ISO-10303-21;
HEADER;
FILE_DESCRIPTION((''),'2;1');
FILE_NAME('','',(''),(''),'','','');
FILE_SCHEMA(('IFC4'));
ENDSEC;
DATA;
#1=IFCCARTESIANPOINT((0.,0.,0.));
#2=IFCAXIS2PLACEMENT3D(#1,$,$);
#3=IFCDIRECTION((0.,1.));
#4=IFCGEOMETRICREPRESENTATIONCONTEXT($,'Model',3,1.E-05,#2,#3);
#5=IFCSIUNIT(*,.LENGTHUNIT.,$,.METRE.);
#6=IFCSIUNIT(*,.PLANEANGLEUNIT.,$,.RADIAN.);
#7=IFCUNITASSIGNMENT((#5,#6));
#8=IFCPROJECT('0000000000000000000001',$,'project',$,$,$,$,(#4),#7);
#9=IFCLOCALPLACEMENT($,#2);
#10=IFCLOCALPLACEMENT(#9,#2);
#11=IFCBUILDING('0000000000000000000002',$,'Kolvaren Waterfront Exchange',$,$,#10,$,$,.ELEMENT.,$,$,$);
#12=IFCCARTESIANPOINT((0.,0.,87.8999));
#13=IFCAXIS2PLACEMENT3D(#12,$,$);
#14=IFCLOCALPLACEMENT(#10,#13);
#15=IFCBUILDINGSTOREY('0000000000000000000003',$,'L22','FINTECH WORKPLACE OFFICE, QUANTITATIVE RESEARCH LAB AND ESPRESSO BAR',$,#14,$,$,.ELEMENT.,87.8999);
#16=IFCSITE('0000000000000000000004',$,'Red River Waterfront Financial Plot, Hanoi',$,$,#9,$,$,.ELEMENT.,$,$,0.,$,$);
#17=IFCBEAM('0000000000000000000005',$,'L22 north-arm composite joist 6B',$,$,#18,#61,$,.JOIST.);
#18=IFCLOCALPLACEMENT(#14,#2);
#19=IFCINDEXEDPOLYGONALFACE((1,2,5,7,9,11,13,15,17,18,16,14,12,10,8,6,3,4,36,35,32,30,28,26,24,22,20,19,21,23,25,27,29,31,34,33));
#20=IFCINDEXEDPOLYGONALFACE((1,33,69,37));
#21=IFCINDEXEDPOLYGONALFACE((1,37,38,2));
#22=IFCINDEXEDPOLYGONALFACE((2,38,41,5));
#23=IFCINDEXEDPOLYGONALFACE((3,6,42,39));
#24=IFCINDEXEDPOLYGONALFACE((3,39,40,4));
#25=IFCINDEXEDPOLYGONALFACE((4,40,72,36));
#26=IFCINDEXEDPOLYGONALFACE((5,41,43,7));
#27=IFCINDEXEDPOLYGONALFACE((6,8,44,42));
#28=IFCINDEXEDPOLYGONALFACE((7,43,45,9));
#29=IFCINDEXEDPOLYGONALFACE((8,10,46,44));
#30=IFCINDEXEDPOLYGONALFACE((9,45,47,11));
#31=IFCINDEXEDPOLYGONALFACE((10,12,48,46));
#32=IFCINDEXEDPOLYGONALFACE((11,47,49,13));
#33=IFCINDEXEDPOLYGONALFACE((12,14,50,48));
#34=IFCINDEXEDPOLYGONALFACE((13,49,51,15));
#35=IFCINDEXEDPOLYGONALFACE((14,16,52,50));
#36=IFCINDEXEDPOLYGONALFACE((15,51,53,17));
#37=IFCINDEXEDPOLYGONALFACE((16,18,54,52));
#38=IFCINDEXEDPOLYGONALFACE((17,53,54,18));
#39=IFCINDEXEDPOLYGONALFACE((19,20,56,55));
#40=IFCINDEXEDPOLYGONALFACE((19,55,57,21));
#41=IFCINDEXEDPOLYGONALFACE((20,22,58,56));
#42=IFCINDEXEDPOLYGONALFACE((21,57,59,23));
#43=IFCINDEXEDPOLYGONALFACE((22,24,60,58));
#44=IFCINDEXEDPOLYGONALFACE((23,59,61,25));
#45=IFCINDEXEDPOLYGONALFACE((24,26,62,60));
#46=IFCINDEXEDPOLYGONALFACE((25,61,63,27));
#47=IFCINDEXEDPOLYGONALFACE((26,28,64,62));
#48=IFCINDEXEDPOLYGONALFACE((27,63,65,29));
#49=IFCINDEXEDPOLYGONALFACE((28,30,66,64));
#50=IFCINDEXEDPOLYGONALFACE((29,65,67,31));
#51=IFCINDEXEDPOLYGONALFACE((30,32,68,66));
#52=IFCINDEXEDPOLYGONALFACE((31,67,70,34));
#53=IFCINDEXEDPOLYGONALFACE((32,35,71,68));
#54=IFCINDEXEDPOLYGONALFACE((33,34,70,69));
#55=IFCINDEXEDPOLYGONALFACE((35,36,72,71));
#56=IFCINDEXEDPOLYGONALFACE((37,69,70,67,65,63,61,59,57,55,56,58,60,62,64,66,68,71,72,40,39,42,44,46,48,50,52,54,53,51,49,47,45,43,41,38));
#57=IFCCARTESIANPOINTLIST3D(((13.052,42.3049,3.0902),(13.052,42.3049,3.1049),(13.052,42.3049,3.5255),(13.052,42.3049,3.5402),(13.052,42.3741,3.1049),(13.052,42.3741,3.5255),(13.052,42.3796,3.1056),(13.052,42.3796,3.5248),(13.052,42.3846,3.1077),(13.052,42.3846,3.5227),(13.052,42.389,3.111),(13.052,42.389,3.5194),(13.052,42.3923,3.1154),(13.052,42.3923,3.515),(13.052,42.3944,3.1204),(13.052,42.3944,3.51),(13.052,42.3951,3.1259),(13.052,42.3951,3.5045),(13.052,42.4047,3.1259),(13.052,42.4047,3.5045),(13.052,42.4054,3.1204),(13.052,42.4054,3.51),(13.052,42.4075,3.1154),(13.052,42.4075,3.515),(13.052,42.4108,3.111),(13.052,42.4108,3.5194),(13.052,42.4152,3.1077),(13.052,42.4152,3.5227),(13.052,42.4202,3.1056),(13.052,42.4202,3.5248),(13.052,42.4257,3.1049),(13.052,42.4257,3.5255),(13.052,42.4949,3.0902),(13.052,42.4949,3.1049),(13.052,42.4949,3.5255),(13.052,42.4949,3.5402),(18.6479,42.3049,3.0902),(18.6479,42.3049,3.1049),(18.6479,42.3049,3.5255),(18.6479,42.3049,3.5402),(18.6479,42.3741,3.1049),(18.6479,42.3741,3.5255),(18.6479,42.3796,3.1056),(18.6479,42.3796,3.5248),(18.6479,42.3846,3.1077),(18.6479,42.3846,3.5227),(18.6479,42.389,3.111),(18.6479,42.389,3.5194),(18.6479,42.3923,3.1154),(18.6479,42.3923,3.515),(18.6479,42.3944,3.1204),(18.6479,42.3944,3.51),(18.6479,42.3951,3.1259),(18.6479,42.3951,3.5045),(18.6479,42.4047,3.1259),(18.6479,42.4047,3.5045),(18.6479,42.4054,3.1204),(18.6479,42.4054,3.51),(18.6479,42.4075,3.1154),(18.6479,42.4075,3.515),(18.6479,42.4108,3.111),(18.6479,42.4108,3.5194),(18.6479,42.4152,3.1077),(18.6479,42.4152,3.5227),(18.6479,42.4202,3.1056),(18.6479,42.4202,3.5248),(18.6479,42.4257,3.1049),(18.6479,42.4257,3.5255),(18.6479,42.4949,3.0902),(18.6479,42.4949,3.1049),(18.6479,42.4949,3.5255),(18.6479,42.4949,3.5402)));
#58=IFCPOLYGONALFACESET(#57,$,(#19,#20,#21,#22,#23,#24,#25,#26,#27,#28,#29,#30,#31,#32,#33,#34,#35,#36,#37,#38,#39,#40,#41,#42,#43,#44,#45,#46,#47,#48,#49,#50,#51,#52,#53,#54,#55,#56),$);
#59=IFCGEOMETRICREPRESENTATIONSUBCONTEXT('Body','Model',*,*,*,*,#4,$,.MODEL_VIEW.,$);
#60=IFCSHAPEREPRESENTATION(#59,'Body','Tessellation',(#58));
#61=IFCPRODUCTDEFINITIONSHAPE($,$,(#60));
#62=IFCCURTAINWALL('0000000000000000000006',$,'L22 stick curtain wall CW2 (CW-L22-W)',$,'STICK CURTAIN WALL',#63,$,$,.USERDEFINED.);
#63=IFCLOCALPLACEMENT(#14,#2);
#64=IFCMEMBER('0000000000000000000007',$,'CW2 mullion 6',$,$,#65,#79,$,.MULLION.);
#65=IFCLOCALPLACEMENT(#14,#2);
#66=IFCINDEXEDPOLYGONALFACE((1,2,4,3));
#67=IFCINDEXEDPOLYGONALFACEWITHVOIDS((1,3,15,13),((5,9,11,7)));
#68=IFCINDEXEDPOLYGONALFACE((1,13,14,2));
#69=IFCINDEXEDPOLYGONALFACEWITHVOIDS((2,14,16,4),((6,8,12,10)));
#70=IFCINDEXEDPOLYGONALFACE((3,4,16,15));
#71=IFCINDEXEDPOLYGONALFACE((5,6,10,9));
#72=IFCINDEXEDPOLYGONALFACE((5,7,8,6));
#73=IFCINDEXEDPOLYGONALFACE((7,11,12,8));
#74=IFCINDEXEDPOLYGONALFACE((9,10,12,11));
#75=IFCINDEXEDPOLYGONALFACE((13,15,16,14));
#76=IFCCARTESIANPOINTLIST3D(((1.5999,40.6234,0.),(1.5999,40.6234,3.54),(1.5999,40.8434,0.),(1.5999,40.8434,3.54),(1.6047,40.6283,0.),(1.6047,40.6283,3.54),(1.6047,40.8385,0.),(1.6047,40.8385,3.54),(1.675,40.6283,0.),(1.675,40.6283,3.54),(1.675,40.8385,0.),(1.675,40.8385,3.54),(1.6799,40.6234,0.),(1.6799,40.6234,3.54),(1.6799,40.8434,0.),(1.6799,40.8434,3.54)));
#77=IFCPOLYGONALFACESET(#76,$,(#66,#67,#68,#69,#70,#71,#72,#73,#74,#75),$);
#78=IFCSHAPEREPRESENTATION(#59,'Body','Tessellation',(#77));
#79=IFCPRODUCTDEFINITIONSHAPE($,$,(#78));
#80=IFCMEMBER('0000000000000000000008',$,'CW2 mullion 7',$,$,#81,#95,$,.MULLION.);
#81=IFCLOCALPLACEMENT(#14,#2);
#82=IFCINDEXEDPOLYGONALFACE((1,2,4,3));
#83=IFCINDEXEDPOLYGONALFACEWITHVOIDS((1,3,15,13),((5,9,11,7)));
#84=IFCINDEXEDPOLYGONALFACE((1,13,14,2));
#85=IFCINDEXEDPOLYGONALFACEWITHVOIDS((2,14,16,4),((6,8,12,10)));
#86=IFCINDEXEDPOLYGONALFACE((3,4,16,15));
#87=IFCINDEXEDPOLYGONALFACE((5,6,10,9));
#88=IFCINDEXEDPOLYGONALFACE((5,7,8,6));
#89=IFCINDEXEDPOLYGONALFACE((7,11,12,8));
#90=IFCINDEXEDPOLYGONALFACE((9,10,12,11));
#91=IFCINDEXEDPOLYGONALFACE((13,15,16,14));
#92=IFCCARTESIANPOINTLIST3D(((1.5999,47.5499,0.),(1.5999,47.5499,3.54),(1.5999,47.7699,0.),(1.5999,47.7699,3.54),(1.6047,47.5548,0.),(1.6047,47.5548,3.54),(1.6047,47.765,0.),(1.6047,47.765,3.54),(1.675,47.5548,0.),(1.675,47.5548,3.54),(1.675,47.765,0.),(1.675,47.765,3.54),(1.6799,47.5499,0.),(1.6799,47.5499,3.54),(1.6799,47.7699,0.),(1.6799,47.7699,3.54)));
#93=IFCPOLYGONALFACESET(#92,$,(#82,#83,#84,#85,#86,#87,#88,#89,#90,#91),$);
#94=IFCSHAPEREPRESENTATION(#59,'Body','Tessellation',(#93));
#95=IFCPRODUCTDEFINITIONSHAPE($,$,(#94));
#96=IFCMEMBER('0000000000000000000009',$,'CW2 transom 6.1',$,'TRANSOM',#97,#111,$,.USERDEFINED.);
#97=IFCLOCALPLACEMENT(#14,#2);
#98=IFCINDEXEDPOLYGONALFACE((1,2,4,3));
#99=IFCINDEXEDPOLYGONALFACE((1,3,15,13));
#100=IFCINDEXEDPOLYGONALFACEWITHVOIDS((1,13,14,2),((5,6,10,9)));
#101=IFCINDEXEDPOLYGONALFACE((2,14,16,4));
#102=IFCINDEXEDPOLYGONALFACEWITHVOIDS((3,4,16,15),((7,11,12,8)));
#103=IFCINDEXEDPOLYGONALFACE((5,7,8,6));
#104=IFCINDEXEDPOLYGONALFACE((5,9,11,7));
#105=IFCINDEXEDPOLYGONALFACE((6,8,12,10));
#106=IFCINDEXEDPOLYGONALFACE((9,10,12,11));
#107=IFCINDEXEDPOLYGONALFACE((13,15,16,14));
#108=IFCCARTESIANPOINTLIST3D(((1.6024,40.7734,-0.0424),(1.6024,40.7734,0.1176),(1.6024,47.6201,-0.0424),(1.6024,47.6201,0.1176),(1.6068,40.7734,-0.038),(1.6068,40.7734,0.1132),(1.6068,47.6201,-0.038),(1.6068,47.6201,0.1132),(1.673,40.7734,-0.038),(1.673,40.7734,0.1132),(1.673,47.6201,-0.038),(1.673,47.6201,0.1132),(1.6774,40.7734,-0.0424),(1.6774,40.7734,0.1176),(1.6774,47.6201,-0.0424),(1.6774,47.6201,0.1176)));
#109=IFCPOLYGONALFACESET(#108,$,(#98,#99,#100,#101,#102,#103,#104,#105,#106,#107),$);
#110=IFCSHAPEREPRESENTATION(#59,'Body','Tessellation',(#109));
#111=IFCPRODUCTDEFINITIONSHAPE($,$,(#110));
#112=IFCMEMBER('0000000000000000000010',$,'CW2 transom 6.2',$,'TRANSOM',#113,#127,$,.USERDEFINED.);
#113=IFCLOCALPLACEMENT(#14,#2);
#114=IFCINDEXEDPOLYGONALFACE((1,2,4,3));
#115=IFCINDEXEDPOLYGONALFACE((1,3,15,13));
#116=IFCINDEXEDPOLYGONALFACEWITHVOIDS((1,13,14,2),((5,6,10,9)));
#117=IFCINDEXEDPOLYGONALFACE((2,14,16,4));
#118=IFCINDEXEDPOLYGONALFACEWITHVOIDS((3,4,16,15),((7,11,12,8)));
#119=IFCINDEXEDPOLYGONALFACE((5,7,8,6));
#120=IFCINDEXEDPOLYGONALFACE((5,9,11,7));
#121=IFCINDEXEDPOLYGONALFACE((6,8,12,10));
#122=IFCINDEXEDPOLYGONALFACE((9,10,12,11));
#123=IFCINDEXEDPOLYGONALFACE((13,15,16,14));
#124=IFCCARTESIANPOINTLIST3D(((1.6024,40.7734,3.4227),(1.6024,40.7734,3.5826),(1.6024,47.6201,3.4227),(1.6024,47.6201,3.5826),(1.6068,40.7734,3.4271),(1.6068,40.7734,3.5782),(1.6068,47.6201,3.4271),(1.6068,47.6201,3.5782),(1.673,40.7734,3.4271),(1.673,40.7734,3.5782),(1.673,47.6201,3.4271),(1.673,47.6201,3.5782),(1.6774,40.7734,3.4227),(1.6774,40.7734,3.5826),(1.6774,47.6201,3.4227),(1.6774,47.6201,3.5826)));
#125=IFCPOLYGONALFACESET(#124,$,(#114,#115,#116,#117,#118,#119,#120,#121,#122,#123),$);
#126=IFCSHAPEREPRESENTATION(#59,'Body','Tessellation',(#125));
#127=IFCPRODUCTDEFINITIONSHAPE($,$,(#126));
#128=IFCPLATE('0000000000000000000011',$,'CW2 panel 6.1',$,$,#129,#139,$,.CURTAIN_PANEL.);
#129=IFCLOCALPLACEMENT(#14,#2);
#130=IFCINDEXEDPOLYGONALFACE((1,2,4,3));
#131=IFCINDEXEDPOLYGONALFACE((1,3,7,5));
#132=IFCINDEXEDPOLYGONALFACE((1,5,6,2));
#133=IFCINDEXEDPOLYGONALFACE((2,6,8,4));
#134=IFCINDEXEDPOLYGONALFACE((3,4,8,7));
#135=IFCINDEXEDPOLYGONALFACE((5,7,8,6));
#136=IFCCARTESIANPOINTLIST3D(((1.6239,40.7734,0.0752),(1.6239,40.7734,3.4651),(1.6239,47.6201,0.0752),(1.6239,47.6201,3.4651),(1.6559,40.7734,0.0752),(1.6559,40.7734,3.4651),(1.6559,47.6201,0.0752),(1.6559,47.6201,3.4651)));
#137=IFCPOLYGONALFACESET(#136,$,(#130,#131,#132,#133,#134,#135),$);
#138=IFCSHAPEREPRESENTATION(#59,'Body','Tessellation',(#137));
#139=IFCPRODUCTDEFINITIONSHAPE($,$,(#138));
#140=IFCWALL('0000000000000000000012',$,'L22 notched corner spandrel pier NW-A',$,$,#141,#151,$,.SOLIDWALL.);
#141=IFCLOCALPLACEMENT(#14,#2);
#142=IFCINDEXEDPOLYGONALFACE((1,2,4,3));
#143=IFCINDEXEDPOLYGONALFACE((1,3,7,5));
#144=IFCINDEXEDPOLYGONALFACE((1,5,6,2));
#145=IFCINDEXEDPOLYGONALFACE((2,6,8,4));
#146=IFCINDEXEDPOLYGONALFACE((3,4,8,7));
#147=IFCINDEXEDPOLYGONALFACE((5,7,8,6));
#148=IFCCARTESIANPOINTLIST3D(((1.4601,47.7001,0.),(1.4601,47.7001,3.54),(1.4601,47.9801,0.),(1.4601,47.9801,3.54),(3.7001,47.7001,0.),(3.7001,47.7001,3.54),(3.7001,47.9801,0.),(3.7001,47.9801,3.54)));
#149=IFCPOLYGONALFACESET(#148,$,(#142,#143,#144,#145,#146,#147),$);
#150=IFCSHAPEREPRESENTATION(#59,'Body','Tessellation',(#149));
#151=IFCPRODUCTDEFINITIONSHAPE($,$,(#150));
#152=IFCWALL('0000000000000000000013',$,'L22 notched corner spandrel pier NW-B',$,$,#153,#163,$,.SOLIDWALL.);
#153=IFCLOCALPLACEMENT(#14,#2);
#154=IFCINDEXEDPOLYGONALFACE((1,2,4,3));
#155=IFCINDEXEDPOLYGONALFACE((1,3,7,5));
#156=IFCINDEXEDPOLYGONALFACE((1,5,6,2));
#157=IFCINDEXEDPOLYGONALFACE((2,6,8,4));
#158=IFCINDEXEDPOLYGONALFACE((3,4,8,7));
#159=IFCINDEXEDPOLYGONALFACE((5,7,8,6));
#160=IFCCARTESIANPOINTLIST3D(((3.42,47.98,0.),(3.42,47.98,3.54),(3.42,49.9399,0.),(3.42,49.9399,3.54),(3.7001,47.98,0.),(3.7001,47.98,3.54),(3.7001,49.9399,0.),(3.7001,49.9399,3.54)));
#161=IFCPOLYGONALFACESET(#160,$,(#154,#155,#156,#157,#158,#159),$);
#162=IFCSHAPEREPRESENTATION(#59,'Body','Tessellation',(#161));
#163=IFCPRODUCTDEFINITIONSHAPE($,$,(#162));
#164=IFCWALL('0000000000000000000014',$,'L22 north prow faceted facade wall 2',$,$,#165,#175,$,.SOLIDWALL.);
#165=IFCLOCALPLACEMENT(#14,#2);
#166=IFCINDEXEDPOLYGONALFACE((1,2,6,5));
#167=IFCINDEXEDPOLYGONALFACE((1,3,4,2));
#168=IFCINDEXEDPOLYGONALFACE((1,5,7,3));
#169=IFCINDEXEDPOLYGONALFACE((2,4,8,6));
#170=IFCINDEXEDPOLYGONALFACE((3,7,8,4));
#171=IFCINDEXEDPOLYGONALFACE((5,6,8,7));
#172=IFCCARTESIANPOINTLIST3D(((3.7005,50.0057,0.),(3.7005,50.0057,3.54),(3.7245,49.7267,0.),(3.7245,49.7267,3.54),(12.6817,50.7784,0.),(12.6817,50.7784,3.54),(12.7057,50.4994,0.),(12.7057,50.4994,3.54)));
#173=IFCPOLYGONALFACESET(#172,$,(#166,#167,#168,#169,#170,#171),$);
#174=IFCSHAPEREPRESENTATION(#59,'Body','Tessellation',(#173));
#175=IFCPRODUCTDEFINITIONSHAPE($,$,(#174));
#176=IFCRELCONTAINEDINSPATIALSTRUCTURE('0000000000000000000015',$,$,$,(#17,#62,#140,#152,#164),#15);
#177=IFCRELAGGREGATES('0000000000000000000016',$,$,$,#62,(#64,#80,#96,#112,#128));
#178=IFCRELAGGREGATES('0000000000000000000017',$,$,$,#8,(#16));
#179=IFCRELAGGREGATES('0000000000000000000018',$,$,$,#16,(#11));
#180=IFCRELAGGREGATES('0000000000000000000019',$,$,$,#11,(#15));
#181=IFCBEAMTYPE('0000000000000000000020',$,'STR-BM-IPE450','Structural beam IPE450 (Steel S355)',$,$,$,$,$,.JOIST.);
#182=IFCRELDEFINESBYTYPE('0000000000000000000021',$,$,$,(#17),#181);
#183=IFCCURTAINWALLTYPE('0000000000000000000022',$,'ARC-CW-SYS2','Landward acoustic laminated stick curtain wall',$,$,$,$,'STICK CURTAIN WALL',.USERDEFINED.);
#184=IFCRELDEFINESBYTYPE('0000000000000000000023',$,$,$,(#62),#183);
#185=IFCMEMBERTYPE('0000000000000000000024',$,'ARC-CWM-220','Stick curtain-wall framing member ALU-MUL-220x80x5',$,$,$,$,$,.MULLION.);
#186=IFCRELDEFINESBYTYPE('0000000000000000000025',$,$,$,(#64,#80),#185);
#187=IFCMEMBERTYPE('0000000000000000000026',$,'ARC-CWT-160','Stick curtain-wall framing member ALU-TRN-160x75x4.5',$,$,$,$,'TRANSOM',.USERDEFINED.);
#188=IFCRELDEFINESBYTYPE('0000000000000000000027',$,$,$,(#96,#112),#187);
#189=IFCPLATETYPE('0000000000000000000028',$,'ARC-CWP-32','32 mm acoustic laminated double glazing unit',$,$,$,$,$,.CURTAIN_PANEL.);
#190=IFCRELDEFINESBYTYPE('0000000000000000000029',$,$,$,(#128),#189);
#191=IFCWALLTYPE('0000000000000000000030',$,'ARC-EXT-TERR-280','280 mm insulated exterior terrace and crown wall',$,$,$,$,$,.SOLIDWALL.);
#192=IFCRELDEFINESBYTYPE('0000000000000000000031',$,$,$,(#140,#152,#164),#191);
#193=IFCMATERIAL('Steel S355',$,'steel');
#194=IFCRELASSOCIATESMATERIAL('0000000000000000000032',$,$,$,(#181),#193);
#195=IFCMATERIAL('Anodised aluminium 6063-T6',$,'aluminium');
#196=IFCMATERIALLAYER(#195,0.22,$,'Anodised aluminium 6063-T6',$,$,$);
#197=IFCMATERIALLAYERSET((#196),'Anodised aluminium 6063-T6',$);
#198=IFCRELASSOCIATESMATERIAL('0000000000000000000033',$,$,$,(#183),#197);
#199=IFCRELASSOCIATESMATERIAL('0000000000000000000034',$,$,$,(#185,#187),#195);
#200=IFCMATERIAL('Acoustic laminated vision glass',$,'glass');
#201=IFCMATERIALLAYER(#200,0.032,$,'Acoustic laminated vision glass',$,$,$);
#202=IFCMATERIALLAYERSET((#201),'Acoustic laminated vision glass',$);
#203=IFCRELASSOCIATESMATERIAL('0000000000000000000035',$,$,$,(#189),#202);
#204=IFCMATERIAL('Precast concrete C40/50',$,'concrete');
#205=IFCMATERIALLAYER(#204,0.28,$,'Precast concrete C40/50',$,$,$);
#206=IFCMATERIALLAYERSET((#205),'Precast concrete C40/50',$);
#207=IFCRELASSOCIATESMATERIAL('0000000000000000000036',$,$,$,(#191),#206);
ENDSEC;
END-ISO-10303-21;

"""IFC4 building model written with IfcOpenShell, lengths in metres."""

from ifc_helpers import new_model, si_unit, direction, frame, frame_2d, origin, origin_with_axes, origin_2d, place, context, subcontext, project, spatial, rectangle, hollow_rectangle, i_section, extrude, source, transform, mapped, material, layer, layer_set, material_profile, profile_set, type_object, element, aggregate, save


model = new_model("IFC4")

# Units and contexts
model_context = context("Model", 3, precision=1e-05, world=origin(), true_north=direction((0.0, 1.0)))
body_context = subcontext(model_context, "Body", "Model", "MODEL_VIEW")
ifc_project = project(units=[si_unit("LENGTHUNIT", "METRE"), si_unit("PLANEANGLEUNIT", "RADIAN")], contexts=[model_context])

# Site, building, storey
site_placement = place(None, origin())
site = spatial("IfcSite", under=ifc_project, at=site_placement, Name="Red River Waterfront Financial Plot, Hanoi", CompositionType="ELEMENT", RefElevation=0.0)
building_placement = place(site_placement, origin())
building = spatial("IfcBuilding", under=site, at=building_placement, Name="Kolvaren Waterfront Exchange", CompositionType="ELEMENT")
storey_placement = place(building_placement, frame((0.0, 0.0, 87.8999)))
storey = spatial("IfcBuildingStorey", under=building, at=storey_placement, Name="L22", Description="FINTECH WORKPLACE OFFICE, QUANTITATIVE RESEARCH LAB AND ESPRESSO BAR", CompositionType="ELEMENT", Elevation=87.8999)

# Beam
ifc_material_1 = material(Name="Steel S355", Category="steel")
ifc_material_profile_1 = material_profile(ifc_material_1, i_section(OverallWidth=0.1899, OverallDepth=0.45, WebThickness=0.0095, FlangeThickness=0.0146, FilletRadius=0.021, at=origin_2d()), Name="IPE450")
ifc_profile_set_1 = profile_set([ifc_material_profile_1], Name="Steel S355")
beam_type_1 = type_object("IfcBeamType", Name="STR-BM-IPE450", Description="Structural beam IPE450 (Steel S355)", PredefinedType="JOIST", material=ifc_profile_set_1)
beam_1_placement = place(storey_placement, frame((13.052, 42.3999, 3.3152), z_axis=(1.0, 0.0, 0.0), x_axis=(0.0, 1.0, 0.0)))
element("IfcBeam", 1, at=beam_1_placement, inside=storey, type_object=beam_type_1, Name="L22 north-arm composite joist 6B", PredefinedType="JOIST", context=body_context, shape_type="SweptSolid", body=[
    extrude(i_section(OverallWidth=0.1899, OverallDepth=0.45, WebThickness=0.0095, FlangeThickness=0.0146, FilletRadius=0.021, at=origin_2d()), origin(), (0.0, 0.0, 1.0), 5.5959),
])

# Curtain wall, members, plate
ifc_material_2 = material(Name="Anodised aluminium 6063-T6", Category="aluminium")
ifc_layer_1 = layer(ifc_material_2, 0.22, Name="Anodised aluminium 6063-T6")
ifc_layer_set_1 = layer_set([ifc_layer_1], Name="Anodised aluminium 6063-T6")
curtain_wall_type = type_object("IfcCurtainWallType", Name="ARC-CW-SYS2", Description="Landward acoustic laminated stick curtain wall", ElementType="STICK CURTAIN WALL", PredefinedType="USERDEFINED", material=ifc_layer_set_1)
curtain_wall_placement = place(storey_placement, origin())
curtain_wall = element("IfcCurtainWall", 2, at=curtain_wall_placement, inside=storey, type_object=curtain_wall_type, Name="L22 stick curtain wall CW2 (CW-L22-W)", ObjectType="STICK CURTAIN WALL", PredefinedType="USERDEFINED")
ifc_material_profile_2 = material_profile(ifc_material_2, hollow_rectangle(XDim=0.0801, YDim=0.22, WallThickness=0.0049, at=origin_2d()), Name="ALU-MUL-220x80x5")
ifc_profile_set_2 = profile_set([ifc_material_profile_2], Name="Anodised aluminium 6063-T6")
member_type_1 = type_object("IfcMemberType", Name="ARC-CWM-220", Description="Stick curtain-wall framing member ALU-MUL-220x80x5", PredefinedType="MULLION", material=ifc_profile_set_2)
shared_shape_1 = source(origin_with_axes(), body_context, "Body", "SweptSolid", [
    extrude(hollow_rectangle(XDim=0.0801, YDim=0.22, WallThickness=0.0049, at=origin_2d()), origin(), (0.0, 0.0, 1.0), 3.54),
])
member_1_placement = place(storey_placement, frame((1.6399, 40.7334, 0.0), z_axis=(0.0, 0.0, 1.0), x_axis=(-1.0, 0.0, 0.0)))
member_1 = element("IfcMember", 3, at=member_1_placement, type_object=member_type_1, Name="CW2 mullion 6", PredefinedType="MULLION", context=body_context, shape_type="MappedRepresentation", body=[
    mapped(shared_shape_1, transform((0.0, 0.0, 0.0), x_axis=(1.0, 0.0, 0.0), y_axis=(0.0, 1.0, 0.0), z_axis=(0.0, 0.0, 1.0), scale=1.0)),
])
member_2_placement = place(storey_placement, frame((1.6399, 47.6599, 0.0), z_axis=(0.0, 0.0, 1.0), x_axis=(-1.0, 0.0, 0.0)))
member_2 = element("IfcMember", 4, at=member_2_placement, type_object=member_type_1, Name="CW2 mullion 7", PredefinedType="MULLION", context=body_context, shape_type="MappedRepresentation", body=[
    mapped(shared_shape_1, transform((0.0, 0.0, 0.0), x_axis=(1.0, 0.0, 0.0), y_axis=(0.0, 1.0, 0.0), z_axis=(0.0, 0.0, 1.0), scale=1.0)),
])
ifc_material_profile_3 = material_profile(ifc_material_2, hollow_rectangle(XDim=0.075, YDim=0.1599, WallThickness=0.0044, at=origin_2d()), Name="ALU-TRN-160x75x4.5")
ifc_profile_set_3 = profile_set([ifc_material_profile_3], Name="Anodised aluminium 6063-T6")
member_type_2 = type_object("IfcMemberType", Name="ARC-CWT-160", Description="Stick curtain-wall framing member ALU-TRN-160x75x4.5", ElementType="TRANSOM", PredefinedType="USERDEFINED", material=ifc_profile_set_3)
shared_shape_2 = source(origin_with_axes(), body_context, "Body", "SweptSolid", [
    extrude(hollow_rectangle(XDim=0.075, YDim=0.1599, WallThickness=0.0044, at=origin_2d()), origin(), (0.0, 0.0, 1.0), 6.8467),
])
member_3_placement = place(storey_placement, frame((1.6399, 40.7734, 0.0376), z_axis=(0.0, 1.0, 0.0), x_axis=(-1.0, 0.0, 0.0)))
member_3 = element("IfcMember", 5, at=member_3_placement, type_object=member_type_2, Name="CW2 transom 6.1", ObjectType="TRANSOM", PredefinedType="USERDEFINED", context=body_context, shape_type="MappedRepresentation", body=[
    mapped(shared_shape_2, transform((0.0, 0.0, 0.0), x_axis=(1.0, 0.0, 0.0), y_axis=(0.0, 1.0, 0.0), z_axis=(0.0, 0.0, 1.0), scale=1.0)),
])
member_4_placement = place(storey_placement, frame((1.6399, 40.7734, 3.5027), z_axis=(0.0, 1.0, 0.0), x_axis=(-1.0, 0.0, 0.0)))
member_4 = element("IfcMember", 6, at=member_4_placement, type_object=member_type_2, Name="CW2 transom 6.2", ObjectType="TRANSOM", PredefinedType="USERDEFINED", context=body_context, shape_type="MappedRepresentation", body=[
    mapped(shared_shape_2, transform((0.0, 0.0, 0.0), x_axis=(1.0, 0.0, 0.0), y_axis=(0.0, 1.0, 0.0), z_axis=(0.0, 0.0, 1.0), scale=1.0)),
])
ifc_material_3 = material(Name="Acoustic laminated vision glass", Category="glass")
ifc_layer_2 = layer(ifc_material_3, 0.032, Name="Acoustic laminated vision glass")
ifc_layer_set_2 = layer_set([ifc_layer_2], Name="Acoustic laminated vision glass")
plate_type = type_object("IfcPlateType", Name="ARC-CWP-32", Description="32 mm acoustic laminated double glazing unit", PredefinedType="CURTAIN_PANEL", material=ifc_layer_set_2)
shared_shape_3 = source(origin_with_axes(), body_context, "Body", "SweptSolid", [
    extrude(rectangle(XDim=6.8467, YDim=0.032, at=origin_2d()), origin(), (0.0, 0.0, 1.0), 3.3899),
])
plate_placement = place(storey_placement, frame((1.6399, 44.1968, 0.0752), z_axis=(0.0, 0.0, 1.0), x_axis=(0.0, 1.0, 0.0)))
plate = element("IfcPlate", 7, at=plate_placement, type_object=plate_type, Name="CW2 panel 6.1", PredefinedType="CURTAIN_PANEL", context=body_context, shape_type="MappedRepresentation", body=[
    mapped(shared_shape_3, transform((0.0, 0.0, 0.0), x_axis=(1.0, 0.0, 0.0), y_axis=(0.0, 1.0, 0.0), z_axis=(0.0, 0.0, 1.0), scale=1.0)),
])
aggregate(curtain_wall, [member_1, member_2, member_3, member_4, plate])

# Walls
ifc_material_4 = material(Name="Precast concrete C40/50", Category="concrete")
ifc_layer_3 = layer(ifc_material_4, 0.28, Name="Precast concrete C40/50")
ifc_layer_set_3 = layer_set([ifc_layer_3], Name="Precast concrete C40/50")
wall_type_1 = type_object("IfcWallType", Name="ARC-EXT-TERR-280", Description="280 mm insulated exterior terrace and crown wall", PredefinedType="SOLIDWALL", material=ifc_layer_set_3)
wall_1_placement = place(storey_placement, frame((1.46, 47.8401, 0.0), z_axis=(0.0, 0.0, 1.0), x_axis=(1.0, 0.0, 0.0)))
element("IfcWall", 8, at=wall_1_placement, inside=storey, type_object=wall_type_1, Name="L22 notched corner spandrel pier NW-A", PredefinedType="SOLIDWALL", context=body_context, shape_type="SweptSolid", body=[
    extrude(rectangle(XDim=2.24, YDim=0.28, at=frame_2d((1.1201, 0.0))), origin(), (0.0, 0.0, 1.0), 3.54),
])
wall_2_placement = place(storey_placement, frame((3.5601, 47.98, 0.0), z_axis=(0.0, 0.0, 1.0), x_axis=(0.0, 1.0, 0.0)))
element("IfcWall", 9, at=wall_2_placement, inside=storey, type_object=wall_type_1, Name="L22 notched corner spandrel pier NW-B", PredefinedType="SOLIDWALL", context=body_context, shape_type="SweptSolid", body=[
    extrude(rectangle(XDim=1.96, YDim=0.28, at=frame_2d((0.98, 0.0))), origin(), (0.0, 0.0, 1.0), 3.54),
])
wall_3_placement = place(storey_placement, frame((12.6938, 50.6389, 0.0), z_axis=(0.0, 0.0, 1.0), x_axis=(-0.996319, -0.085719, 0.0)))
element("IfcWall", 10, at=wall_3_placement, inside=storey, type_object=wall_type_1, Name="L22 north prow faceted facade wall 2", PredefinedType="SOLIDWALL", context=body_context, shape_type="SweptSolid", body=[
    extrude(rectangle(XDim=9.0144, YDim=0.28, at=frame_2d((4.5073, 0.0))), origin(), (0.0, 0.0, 1.0), 3.54),
])

save(model, "model.ifc")
